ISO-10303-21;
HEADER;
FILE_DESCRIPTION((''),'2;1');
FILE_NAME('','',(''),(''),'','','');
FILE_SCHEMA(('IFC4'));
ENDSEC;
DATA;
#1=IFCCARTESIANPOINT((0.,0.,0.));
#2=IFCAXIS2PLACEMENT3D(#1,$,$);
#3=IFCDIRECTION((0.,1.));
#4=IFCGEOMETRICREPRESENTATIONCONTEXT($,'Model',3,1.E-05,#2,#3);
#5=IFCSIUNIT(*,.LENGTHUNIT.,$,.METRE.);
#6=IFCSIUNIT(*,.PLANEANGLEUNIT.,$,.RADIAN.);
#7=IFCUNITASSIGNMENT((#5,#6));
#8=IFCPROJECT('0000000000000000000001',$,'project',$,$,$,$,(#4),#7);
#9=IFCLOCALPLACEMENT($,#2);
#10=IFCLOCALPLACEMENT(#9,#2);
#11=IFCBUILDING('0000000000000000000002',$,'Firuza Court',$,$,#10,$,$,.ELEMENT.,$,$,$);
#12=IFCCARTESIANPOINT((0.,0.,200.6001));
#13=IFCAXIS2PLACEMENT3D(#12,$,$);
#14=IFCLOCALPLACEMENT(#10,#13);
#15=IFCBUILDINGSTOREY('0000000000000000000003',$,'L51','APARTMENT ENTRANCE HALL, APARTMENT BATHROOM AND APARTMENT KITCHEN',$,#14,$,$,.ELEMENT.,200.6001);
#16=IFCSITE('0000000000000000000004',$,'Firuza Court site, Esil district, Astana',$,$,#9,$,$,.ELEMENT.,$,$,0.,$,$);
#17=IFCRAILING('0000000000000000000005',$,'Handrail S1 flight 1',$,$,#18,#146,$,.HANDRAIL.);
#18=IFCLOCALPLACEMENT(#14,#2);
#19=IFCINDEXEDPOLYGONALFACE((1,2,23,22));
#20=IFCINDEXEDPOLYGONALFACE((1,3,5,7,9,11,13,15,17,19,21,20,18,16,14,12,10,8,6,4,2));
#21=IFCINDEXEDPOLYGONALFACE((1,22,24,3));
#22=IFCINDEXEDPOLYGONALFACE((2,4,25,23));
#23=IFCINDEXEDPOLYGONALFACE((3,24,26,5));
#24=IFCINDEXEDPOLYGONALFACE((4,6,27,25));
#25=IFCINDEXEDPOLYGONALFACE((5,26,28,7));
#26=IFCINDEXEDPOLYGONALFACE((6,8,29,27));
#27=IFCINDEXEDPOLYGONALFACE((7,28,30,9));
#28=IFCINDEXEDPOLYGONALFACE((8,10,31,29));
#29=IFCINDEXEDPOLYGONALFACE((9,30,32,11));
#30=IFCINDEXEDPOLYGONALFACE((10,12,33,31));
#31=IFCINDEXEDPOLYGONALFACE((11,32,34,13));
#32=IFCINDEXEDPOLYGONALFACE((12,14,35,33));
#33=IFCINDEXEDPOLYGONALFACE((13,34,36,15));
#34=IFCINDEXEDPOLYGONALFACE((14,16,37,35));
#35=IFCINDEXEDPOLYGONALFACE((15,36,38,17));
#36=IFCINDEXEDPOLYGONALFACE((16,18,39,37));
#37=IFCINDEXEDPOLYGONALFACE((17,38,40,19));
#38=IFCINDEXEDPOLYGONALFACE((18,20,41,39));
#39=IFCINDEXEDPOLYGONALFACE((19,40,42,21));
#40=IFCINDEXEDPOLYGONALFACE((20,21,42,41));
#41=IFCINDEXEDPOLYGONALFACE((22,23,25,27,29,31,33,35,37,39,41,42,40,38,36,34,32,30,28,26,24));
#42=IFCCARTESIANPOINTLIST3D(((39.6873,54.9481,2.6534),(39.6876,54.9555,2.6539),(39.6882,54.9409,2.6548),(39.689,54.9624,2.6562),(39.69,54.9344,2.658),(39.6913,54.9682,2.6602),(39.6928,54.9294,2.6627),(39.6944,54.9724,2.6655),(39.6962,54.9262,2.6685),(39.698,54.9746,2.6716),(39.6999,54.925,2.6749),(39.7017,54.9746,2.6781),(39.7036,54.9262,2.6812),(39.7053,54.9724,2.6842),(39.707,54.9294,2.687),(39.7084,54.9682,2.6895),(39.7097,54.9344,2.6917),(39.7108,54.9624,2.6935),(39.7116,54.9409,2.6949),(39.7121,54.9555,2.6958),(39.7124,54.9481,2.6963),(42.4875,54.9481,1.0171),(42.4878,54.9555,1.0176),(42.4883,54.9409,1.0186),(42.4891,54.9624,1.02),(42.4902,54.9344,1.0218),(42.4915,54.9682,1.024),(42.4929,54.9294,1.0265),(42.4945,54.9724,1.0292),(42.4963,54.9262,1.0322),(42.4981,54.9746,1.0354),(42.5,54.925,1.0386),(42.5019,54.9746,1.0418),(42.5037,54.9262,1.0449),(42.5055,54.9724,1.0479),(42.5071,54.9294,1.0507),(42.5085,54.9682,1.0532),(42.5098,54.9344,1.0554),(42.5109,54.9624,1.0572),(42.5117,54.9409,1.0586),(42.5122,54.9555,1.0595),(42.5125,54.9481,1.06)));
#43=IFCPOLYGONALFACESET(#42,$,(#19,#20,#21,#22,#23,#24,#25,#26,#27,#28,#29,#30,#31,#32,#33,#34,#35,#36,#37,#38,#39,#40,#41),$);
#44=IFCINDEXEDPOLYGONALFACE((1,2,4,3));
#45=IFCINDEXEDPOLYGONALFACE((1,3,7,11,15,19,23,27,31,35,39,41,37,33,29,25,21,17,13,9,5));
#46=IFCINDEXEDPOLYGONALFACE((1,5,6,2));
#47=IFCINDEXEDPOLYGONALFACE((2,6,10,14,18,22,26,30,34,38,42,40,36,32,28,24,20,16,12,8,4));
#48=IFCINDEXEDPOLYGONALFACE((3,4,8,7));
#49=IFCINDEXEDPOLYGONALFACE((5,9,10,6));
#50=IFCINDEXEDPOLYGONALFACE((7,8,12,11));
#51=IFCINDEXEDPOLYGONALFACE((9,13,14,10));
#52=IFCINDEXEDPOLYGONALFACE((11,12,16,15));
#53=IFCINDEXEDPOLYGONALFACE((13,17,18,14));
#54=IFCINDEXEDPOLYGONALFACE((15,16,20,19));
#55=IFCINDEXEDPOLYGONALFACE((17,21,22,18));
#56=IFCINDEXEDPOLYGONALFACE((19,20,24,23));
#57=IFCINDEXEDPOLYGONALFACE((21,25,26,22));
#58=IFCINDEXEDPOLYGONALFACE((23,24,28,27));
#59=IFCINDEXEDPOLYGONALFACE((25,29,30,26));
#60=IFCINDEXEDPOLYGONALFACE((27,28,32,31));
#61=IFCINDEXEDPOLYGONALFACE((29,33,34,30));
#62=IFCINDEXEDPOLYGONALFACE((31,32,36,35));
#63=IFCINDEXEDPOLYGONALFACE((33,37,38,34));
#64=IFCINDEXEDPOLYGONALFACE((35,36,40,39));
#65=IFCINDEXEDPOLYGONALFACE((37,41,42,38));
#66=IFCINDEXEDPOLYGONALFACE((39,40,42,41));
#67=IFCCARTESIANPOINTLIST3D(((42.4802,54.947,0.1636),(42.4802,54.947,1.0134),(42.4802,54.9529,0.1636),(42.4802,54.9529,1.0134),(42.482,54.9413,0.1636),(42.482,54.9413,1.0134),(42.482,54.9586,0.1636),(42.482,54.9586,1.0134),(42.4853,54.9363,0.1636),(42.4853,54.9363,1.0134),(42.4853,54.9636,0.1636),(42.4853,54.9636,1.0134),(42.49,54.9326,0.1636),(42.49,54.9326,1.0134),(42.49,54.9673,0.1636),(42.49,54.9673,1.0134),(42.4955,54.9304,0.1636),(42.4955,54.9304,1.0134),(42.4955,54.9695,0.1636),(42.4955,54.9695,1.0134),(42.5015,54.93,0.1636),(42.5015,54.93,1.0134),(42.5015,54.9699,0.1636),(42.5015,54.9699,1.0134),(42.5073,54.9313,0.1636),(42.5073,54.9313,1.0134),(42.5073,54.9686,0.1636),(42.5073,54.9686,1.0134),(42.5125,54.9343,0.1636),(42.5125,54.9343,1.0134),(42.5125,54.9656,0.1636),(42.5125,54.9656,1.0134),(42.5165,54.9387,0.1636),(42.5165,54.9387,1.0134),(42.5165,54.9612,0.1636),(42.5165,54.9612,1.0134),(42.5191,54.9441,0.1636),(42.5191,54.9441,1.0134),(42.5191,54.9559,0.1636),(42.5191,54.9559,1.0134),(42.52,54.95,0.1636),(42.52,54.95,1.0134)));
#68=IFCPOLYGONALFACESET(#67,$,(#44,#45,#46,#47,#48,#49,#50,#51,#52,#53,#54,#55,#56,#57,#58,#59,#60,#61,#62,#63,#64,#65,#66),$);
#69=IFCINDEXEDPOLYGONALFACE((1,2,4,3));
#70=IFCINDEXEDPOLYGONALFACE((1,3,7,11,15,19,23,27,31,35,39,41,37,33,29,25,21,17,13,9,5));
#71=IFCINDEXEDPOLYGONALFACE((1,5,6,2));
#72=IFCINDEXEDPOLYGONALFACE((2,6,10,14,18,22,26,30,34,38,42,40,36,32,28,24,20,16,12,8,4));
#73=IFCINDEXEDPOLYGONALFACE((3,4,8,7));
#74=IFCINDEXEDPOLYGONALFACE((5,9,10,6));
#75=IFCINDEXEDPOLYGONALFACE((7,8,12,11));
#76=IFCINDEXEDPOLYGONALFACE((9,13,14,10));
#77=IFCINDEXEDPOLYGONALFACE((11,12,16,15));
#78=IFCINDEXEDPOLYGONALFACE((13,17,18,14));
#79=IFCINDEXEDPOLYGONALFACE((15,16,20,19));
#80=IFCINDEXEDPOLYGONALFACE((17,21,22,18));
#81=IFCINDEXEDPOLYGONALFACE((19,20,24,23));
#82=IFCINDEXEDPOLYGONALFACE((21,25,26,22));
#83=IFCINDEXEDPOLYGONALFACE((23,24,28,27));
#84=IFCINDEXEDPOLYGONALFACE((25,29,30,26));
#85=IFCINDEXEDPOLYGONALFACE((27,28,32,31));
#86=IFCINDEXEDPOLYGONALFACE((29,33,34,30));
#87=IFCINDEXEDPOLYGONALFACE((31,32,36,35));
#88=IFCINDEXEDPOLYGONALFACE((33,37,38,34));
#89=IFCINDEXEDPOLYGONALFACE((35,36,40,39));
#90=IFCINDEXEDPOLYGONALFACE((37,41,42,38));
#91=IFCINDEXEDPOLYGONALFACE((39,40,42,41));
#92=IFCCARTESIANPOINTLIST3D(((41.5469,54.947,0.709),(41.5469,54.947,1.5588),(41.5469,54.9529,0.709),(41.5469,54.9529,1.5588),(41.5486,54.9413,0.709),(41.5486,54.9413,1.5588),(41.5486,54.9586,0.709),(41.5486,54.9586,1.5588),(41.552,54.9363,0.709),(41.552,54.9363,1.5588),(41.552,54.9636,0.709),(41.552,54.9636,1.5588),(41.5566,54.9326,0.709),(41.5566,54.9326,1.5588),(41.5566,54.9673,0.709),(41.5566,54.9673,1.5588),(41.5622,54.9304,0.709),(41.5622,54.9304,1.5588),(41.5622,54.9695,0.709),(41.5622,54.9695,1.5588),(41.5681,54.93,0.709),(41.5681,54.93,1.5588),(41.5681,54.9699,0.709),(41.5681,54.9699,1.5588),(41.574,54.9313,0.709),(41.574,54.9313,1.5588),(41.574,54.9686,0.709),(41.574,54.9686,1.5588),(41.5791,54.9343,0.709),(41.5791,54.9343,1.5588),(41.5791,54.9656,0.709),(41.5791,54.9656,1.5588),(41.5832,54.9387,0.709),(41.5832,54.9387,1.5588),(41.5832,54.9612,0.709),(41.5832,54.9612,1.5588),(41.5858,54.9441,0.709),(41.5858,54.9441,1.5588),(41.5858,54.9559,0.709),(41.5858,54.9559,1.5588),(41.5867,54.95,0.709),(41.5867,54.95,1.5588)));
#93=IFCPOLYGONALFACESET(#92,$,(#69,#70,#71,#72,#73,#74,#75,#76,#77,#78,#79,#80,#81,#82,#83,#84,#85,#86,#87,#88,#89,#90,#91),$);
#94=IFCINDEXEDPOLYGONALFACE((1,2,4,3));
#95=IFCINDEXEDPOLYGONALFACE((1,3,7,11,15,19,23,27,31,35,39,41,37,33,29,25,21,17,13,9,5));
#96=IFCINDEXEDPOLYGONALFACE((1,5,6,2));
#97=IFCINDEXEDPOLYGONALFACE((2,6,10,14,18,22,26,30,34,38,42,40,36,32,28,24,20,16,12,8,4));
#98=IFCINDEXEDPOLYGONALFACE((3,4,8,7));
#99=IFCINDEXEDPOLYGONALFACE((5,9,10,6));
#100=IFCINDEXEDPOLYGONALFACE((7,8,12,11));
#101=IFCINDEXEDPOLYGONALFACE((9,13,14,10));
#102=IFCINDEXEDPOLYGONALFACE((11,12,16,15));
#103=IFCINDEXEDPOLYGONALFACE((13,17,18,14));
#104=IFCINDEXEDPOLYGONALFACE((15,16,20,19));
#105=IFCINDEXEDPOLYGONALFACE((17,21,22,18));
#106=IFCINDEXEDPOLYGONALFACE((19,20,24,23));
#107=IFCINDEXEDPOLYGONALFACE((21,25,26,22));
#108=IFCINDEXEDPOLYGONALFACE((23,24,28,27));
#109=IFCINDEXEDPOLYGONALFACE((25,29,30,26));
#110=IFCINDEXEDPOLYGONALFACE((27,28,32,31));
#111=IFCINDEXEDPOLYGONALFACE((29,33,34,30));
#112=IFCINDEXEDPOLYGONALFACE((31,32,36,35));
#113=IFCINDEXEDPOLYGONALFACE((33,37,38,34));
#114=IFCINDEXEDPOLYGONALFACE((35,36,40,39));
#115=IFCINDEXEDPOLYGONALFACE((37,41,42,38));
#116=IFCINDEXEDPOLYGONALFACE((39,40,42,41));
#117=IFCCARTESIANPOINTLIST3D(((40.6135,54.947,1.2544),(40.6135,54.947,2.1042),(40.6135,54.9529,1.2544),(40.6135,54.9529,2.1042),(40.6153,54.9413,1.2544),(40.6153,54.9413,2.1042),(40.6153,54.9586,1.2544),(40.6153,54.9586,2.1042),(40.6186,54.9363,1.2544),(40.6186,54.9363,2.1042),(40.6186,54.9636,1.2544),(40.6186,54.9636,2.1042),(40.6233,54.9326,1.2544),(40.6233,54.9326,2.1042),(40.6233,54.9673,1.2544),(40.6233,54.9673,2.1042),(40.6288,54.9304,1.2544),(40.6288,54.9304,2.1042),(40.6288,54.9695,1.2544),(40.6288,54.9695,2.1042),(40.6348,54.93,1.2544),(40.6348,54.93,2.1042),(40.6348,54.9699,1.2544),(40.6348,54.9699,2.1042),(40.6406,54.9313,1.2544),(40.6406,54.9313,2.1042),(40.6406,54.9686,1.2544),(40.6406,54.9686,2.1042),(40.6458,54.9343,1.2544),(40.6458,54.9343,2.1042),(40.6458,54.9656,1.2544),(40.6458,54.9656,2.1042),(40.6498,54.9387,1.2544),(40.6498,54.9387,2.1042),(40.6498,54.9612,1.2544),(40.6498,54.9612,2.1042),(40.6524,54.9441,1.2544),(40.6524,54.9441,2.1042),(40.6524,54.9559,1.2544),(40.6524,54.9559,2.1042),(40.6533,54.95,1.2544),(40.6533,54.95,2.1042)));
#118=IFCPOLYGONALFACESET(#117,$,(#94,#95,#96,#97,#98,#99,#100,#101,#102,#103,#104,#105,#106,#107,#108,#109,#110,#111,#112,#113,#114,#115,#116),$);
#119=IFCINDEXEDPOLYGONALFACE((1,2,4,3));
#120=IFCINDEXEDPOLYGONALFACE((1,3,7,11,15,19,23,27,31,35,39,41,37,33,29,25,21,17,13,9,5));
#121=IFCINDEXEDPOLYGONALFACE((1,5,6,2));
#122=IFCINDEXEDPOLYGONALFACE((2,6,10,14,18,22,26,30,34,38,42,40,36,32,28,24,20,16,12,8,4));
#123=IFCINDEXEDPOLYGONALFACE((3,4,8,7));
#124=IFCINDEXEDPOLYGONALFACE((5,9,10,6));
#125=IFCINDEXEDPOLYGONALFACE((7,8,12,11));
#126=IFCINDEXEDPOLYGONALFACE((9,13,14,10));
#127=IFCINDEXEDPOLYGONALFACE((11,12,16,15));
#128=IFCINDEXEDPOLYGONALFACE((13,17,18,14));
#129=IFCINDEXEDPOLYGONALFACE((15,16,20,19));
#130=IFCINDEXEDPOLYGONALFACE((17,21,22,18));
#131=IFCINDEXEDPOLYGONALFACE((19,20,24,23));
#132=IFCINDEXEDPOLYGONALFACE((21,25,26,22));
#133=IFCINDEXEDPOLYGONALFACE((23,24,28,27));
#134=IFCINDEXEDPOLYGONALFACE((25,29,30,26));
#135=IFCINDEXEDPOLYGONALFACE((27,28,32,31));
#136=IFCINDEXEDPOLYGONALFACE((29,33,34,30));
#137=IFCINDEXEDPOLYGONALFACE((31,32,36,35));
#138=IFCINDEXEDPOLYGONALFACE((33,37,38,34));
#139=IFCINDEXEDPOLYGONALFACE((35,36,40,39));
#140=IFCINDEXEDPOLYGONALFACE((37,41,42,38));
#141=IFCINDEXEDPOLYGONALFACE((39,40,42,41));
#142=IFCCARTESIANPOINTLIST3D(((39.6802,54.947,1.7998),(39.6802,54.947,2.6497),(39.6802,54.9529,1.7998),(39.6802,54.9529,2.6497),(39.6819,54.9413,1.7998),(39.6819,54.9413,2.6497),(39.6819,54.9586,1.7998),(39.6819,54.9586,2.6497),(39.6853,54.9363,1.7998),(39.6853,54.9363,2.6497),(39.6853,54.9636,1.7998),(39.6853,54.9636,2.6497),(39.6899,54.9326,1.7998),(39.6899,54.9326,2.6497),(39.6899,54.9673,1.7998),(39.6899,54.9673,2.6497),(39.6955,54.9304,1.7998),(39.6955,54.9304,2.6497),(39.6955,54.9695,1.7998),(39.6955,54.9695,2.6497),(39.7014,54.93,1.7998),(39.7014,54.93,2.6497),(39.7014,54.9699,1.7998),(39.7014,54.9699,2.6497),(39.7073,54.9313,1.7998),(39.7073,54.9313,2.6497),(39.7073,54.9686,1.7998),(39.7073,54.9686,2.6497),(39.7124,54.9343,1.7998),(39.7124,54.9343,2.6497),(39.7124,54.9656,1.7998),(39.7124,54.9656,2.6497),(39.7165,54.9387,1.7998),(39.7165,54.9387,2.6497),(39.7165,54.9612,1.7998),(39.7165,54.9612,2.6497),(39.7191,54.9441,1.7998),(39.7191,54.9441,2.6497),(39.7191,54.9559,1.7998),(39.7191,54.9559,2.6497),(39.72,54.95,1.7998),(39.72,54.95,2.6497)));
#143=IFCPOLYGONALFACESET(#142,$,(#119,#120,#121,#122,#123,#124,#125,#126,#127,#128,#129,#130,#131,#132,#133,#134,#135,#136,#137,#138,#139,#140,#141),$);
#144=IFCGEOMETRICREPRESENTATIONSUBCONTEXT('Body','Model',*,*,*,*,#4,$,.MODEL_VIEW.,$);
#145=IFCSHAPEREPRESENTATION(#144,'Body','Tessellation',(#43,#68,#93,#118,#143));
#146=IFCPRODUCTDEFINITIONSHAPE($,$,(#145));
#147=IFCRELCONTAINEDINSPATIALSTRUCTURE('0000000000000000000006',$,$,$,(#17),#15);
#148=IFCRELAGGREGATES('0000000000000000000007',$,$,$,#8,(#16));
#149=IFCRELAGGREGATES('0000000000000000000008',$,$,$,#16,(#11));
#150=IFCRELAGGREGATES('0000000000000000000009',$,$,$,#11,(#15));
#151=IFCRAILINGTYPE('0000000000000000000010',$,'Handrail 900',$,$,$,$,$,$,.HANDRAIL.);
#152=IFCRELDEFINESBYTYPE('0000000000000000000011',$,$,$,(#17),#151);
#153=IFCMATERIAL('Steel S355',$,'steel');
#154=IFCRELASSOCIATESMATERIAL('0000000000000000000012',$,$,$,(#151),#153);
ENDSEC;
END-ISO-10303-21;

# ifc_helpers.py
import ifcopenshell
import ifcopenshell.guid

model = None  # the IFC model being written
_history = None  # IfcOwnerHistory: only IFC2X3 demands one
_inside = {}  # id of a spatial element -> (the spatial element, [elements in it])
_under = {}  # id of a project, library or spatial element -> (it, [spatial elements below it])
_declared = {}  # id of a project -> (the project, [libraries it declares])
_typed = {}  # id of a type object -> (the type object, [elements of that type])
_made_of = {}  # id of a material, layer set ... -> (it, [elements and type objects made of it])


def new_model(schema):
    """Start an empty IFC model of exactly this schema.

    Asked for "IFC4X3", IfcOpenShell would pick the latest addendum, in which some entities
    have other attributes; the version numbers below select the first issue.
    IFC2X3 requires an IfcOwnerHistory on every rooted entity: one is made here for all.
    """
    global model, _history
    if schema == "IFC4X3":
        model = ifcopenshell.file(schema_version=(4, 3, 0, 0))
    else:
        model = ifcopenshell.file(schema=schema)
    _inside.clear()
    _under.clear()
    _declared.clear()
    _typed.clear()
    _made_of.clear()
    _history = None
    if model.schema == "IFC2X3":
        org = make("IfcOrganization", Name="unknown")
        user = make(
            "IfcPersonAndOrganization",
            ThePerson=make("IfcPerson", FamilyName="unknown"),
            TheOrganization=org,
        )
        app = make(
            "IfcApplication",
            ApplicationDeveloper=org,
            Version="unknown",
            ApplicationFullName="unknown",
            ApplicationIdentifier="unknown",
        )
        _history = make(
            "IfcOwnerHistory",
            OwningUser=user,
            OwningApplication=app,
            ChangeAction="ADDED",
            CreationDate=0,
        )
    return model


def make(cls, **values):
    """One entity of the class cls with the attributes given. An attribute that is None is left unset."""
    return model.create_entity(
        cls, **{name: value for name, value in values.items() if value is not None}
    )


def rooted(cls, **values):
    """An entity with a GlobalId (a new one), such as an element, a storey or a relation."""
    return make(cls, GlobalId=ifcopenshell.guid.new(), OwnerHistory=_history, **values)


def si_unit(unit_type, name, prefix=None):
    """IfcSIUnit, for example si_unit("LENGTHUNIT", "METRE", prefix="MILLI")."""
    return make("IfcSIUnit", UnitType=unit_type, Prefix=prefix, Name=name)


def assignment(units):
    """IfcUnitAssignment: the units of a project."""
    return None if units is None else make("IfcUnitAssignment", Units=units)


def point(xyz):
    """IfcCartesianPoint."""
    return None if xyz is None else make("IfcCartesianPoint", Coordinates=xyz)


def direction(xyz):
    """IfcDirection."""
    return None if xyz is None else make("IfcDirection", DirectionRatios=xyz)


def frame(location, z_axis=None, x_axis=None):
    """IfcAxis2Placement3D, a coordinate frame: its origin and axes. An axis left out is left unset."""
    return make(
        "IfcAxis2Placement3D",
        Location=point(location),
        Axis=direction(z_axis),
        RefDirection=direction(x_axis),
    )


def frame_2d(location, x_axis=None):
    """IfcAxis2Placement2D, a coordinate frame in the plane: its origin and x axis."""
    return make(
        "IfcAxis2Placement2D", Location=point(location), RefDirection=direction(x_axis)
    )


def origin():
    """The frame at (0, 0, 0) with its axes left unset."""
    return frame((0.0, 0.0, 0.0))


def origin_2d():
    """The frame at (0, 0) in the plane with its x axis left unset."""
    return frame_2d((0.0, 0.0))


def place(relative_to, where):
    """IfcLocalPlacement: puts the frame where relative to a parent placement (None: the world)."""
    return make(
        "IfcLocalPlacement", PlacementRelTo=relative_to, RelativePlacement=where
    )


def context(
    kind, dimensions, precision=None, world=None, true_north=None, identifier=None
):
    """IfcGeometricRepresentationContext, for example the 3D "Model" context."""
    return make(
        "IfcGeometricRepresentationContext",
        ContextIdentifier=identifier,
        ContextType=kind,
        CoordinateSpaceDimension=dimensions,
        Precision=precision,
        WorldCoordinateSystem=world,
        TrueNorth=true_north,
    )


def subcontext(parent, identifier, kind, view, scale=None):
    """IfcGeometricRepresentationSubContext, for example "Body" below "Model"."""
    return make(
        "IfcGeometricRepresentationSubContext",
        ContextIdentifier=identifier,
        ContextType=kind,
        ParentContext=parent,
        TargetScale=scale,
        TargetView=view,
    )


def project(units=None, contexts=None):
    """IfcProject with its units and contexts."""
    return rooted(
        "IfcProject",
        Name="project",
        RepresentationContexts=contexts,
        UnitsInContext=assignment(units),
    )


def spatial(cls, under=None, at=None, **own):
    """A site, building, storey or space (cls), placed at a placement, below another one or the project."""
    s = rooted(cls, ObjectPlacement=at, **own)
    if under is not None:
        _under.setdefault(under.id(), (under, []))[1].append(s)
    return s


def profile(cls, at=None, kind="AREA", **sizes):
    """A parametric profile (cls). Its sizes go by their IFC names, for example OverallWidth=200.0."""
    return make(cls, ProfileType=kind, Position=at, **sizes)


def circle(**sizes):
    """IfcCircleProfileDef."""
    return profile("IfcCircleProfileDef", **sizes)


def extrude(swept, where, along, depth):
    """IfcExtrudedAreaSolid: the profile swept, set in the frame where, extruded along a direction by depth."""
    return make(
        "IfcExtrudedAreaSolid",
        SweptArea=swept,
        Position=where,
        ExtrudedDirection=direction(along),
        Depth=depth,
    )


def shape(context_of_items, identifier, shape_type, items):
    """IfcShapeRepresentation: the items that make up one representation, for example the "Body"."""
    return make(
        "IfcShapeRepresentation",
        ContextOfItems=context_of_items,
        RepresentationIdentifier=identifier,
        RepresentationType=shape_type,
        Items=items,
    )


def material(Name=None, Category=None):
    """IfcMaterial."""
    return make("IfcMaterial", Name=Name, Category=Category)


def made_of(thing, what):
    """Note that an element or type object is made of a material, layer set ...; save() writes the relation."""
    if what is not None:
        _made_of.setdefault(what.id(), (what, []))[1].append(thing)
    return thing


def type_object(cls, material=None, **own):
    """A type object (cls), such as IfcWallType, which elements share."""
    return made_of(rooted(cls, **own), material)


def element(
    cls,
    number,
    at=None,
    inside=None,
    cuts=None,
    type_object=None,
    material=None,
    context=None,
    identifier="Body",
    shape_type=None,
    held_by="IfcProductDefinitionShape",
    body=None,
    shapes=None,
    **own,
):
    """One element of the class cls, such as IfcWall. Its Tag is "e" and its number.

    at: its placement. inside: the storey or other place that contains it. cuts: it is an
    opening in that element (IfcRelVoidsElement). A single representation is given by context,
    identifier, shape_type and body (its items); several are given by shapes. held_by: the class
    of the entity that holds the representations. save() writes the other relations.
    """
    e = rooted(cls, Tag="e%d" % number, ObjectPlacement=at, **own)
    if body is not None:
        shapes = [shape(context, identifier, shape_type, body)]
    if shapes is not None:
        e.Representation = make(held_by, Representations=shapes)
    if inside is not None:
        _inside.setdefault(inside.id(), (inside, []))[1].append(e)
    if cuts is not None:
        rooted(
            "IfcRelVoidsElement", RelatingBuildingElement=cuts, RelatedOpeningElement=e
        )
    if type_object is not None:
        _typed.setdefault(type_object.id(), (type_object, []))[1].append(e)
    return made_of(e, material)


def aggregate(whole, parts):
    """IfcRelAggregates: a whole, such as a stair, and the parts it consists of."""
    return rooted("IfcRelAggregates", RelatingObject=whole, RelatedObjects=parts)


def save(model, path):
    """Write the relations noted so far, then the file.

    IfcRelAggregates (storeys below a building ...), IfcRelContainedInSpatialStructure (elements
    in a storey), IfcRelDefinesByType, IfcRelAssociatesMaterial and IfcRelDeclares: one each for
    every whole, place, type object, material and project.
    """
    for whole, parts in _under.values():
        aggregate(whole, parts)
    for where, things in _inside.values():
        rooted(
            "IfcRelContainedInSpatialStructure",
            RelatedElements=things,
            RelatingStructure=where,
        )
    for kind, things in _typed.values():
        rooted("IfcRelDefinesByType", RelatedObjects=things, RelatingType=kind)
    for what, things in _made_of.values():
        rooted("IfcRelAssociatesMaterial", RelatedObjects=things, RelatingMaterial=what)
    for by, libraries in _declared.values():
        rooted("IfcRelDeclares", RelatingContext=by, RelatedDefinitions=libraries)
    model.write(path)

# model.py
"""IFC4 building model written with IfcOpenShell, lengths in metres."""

from ifc_helpers import new_model, si_unit, direction, frame, origin, origin_2d, place, context, subcontext, project, spatial, circle, extrude, material, type_object, element, save


model = new_model("IFC4")

# Units and contexts
model_context = context("Model", 3, precision=1e-05, world=origin(), true_north=direction((0.0, 1.0)))
body_context = subcontext(model_context, "Body", "Model", "MODEL_VIEW")
ifc_project = project(units=[si_unit("LENGTHUNIT", "METRE"), si_unit("PLANEANGLEUNIT", "RADIAN")], contexts=[model_context])

# Site, building, storey
site_placement = place(None, origin())
site = spatial("IfcSite", under=ifc_project, at=site_placement, Name="Firuza Court site, Esil district, Astana", CompositionType="ELEMENT", RefElevation=0.0)
building_placement = place(site_placement, origin())
building = spatial("IfcBuilding", under=site, at=building_placement, Name="Firuza Court", CompositionType="ELEMENT")
storey_placement = place(building_placement, frame((0.0, 0.0, 200.6001)))
storey = spatial("IfcBuildingStorey", under=building, at=storey_placement, Name="L51", Description="APARTMENT ENTRANCE HALL, APARTMENT BATHROOM AND APARTMENT KITCHEN", CompositionType="ELEMENT", Elevation=200.6001)

# Railing
ifc_material_1 = material(Name="Steel S355", Category="steel")
railing_type_1 = type_object("IfcRailingType", Name="Handrail 900", PredefinedType="HANDRAIL", material=ifc_material_1)
railing_1_placement = place(storey_placement, frame((42.5, 54.95, 0.1636)))
element("IfcRailing", 1, at=railing_1_placement, inside=storey, type_object=railing_type_1, Name="Handrail S1 flight 1", PredefinedType="HANDRAIL", context=body_context, shape_type="SweptSolid", body=[
    extrude(circle(Radius=0.0249, at=origin_2d()), frame((0.0, 0.0, 0.875), z_axis=(-0.863394, 0.0, 0.504531), x_axis=(0.0, -1.0, 0.0)), (0.0, 0.0, 1.0), 3.2432),
    extrude(circle(Radius=0.02, at=origin_2d()), origin(), (0.0, 0.0, 1.0), 0.8499),
    extrude(circle(Radius=0.02, at=origin_2d()), frame((-0.9333, 0.0, 0.5454)), (0.0, 0.0, 1.0), 0.8499),
    extrude(circle(Radius=0.02, at=origin_2d()), frame((-1.8667, 0.0, 1.0908)), (0.0, 0.0, 1.0), 0.8499),
    extrude(circle(Radius=0.02, at=origin_2d()), frame((-2.8, 0.0, 1.6362)), (0.0, 0.0, 1.0), 0.8499),
])

save(model, "model.ifc")
